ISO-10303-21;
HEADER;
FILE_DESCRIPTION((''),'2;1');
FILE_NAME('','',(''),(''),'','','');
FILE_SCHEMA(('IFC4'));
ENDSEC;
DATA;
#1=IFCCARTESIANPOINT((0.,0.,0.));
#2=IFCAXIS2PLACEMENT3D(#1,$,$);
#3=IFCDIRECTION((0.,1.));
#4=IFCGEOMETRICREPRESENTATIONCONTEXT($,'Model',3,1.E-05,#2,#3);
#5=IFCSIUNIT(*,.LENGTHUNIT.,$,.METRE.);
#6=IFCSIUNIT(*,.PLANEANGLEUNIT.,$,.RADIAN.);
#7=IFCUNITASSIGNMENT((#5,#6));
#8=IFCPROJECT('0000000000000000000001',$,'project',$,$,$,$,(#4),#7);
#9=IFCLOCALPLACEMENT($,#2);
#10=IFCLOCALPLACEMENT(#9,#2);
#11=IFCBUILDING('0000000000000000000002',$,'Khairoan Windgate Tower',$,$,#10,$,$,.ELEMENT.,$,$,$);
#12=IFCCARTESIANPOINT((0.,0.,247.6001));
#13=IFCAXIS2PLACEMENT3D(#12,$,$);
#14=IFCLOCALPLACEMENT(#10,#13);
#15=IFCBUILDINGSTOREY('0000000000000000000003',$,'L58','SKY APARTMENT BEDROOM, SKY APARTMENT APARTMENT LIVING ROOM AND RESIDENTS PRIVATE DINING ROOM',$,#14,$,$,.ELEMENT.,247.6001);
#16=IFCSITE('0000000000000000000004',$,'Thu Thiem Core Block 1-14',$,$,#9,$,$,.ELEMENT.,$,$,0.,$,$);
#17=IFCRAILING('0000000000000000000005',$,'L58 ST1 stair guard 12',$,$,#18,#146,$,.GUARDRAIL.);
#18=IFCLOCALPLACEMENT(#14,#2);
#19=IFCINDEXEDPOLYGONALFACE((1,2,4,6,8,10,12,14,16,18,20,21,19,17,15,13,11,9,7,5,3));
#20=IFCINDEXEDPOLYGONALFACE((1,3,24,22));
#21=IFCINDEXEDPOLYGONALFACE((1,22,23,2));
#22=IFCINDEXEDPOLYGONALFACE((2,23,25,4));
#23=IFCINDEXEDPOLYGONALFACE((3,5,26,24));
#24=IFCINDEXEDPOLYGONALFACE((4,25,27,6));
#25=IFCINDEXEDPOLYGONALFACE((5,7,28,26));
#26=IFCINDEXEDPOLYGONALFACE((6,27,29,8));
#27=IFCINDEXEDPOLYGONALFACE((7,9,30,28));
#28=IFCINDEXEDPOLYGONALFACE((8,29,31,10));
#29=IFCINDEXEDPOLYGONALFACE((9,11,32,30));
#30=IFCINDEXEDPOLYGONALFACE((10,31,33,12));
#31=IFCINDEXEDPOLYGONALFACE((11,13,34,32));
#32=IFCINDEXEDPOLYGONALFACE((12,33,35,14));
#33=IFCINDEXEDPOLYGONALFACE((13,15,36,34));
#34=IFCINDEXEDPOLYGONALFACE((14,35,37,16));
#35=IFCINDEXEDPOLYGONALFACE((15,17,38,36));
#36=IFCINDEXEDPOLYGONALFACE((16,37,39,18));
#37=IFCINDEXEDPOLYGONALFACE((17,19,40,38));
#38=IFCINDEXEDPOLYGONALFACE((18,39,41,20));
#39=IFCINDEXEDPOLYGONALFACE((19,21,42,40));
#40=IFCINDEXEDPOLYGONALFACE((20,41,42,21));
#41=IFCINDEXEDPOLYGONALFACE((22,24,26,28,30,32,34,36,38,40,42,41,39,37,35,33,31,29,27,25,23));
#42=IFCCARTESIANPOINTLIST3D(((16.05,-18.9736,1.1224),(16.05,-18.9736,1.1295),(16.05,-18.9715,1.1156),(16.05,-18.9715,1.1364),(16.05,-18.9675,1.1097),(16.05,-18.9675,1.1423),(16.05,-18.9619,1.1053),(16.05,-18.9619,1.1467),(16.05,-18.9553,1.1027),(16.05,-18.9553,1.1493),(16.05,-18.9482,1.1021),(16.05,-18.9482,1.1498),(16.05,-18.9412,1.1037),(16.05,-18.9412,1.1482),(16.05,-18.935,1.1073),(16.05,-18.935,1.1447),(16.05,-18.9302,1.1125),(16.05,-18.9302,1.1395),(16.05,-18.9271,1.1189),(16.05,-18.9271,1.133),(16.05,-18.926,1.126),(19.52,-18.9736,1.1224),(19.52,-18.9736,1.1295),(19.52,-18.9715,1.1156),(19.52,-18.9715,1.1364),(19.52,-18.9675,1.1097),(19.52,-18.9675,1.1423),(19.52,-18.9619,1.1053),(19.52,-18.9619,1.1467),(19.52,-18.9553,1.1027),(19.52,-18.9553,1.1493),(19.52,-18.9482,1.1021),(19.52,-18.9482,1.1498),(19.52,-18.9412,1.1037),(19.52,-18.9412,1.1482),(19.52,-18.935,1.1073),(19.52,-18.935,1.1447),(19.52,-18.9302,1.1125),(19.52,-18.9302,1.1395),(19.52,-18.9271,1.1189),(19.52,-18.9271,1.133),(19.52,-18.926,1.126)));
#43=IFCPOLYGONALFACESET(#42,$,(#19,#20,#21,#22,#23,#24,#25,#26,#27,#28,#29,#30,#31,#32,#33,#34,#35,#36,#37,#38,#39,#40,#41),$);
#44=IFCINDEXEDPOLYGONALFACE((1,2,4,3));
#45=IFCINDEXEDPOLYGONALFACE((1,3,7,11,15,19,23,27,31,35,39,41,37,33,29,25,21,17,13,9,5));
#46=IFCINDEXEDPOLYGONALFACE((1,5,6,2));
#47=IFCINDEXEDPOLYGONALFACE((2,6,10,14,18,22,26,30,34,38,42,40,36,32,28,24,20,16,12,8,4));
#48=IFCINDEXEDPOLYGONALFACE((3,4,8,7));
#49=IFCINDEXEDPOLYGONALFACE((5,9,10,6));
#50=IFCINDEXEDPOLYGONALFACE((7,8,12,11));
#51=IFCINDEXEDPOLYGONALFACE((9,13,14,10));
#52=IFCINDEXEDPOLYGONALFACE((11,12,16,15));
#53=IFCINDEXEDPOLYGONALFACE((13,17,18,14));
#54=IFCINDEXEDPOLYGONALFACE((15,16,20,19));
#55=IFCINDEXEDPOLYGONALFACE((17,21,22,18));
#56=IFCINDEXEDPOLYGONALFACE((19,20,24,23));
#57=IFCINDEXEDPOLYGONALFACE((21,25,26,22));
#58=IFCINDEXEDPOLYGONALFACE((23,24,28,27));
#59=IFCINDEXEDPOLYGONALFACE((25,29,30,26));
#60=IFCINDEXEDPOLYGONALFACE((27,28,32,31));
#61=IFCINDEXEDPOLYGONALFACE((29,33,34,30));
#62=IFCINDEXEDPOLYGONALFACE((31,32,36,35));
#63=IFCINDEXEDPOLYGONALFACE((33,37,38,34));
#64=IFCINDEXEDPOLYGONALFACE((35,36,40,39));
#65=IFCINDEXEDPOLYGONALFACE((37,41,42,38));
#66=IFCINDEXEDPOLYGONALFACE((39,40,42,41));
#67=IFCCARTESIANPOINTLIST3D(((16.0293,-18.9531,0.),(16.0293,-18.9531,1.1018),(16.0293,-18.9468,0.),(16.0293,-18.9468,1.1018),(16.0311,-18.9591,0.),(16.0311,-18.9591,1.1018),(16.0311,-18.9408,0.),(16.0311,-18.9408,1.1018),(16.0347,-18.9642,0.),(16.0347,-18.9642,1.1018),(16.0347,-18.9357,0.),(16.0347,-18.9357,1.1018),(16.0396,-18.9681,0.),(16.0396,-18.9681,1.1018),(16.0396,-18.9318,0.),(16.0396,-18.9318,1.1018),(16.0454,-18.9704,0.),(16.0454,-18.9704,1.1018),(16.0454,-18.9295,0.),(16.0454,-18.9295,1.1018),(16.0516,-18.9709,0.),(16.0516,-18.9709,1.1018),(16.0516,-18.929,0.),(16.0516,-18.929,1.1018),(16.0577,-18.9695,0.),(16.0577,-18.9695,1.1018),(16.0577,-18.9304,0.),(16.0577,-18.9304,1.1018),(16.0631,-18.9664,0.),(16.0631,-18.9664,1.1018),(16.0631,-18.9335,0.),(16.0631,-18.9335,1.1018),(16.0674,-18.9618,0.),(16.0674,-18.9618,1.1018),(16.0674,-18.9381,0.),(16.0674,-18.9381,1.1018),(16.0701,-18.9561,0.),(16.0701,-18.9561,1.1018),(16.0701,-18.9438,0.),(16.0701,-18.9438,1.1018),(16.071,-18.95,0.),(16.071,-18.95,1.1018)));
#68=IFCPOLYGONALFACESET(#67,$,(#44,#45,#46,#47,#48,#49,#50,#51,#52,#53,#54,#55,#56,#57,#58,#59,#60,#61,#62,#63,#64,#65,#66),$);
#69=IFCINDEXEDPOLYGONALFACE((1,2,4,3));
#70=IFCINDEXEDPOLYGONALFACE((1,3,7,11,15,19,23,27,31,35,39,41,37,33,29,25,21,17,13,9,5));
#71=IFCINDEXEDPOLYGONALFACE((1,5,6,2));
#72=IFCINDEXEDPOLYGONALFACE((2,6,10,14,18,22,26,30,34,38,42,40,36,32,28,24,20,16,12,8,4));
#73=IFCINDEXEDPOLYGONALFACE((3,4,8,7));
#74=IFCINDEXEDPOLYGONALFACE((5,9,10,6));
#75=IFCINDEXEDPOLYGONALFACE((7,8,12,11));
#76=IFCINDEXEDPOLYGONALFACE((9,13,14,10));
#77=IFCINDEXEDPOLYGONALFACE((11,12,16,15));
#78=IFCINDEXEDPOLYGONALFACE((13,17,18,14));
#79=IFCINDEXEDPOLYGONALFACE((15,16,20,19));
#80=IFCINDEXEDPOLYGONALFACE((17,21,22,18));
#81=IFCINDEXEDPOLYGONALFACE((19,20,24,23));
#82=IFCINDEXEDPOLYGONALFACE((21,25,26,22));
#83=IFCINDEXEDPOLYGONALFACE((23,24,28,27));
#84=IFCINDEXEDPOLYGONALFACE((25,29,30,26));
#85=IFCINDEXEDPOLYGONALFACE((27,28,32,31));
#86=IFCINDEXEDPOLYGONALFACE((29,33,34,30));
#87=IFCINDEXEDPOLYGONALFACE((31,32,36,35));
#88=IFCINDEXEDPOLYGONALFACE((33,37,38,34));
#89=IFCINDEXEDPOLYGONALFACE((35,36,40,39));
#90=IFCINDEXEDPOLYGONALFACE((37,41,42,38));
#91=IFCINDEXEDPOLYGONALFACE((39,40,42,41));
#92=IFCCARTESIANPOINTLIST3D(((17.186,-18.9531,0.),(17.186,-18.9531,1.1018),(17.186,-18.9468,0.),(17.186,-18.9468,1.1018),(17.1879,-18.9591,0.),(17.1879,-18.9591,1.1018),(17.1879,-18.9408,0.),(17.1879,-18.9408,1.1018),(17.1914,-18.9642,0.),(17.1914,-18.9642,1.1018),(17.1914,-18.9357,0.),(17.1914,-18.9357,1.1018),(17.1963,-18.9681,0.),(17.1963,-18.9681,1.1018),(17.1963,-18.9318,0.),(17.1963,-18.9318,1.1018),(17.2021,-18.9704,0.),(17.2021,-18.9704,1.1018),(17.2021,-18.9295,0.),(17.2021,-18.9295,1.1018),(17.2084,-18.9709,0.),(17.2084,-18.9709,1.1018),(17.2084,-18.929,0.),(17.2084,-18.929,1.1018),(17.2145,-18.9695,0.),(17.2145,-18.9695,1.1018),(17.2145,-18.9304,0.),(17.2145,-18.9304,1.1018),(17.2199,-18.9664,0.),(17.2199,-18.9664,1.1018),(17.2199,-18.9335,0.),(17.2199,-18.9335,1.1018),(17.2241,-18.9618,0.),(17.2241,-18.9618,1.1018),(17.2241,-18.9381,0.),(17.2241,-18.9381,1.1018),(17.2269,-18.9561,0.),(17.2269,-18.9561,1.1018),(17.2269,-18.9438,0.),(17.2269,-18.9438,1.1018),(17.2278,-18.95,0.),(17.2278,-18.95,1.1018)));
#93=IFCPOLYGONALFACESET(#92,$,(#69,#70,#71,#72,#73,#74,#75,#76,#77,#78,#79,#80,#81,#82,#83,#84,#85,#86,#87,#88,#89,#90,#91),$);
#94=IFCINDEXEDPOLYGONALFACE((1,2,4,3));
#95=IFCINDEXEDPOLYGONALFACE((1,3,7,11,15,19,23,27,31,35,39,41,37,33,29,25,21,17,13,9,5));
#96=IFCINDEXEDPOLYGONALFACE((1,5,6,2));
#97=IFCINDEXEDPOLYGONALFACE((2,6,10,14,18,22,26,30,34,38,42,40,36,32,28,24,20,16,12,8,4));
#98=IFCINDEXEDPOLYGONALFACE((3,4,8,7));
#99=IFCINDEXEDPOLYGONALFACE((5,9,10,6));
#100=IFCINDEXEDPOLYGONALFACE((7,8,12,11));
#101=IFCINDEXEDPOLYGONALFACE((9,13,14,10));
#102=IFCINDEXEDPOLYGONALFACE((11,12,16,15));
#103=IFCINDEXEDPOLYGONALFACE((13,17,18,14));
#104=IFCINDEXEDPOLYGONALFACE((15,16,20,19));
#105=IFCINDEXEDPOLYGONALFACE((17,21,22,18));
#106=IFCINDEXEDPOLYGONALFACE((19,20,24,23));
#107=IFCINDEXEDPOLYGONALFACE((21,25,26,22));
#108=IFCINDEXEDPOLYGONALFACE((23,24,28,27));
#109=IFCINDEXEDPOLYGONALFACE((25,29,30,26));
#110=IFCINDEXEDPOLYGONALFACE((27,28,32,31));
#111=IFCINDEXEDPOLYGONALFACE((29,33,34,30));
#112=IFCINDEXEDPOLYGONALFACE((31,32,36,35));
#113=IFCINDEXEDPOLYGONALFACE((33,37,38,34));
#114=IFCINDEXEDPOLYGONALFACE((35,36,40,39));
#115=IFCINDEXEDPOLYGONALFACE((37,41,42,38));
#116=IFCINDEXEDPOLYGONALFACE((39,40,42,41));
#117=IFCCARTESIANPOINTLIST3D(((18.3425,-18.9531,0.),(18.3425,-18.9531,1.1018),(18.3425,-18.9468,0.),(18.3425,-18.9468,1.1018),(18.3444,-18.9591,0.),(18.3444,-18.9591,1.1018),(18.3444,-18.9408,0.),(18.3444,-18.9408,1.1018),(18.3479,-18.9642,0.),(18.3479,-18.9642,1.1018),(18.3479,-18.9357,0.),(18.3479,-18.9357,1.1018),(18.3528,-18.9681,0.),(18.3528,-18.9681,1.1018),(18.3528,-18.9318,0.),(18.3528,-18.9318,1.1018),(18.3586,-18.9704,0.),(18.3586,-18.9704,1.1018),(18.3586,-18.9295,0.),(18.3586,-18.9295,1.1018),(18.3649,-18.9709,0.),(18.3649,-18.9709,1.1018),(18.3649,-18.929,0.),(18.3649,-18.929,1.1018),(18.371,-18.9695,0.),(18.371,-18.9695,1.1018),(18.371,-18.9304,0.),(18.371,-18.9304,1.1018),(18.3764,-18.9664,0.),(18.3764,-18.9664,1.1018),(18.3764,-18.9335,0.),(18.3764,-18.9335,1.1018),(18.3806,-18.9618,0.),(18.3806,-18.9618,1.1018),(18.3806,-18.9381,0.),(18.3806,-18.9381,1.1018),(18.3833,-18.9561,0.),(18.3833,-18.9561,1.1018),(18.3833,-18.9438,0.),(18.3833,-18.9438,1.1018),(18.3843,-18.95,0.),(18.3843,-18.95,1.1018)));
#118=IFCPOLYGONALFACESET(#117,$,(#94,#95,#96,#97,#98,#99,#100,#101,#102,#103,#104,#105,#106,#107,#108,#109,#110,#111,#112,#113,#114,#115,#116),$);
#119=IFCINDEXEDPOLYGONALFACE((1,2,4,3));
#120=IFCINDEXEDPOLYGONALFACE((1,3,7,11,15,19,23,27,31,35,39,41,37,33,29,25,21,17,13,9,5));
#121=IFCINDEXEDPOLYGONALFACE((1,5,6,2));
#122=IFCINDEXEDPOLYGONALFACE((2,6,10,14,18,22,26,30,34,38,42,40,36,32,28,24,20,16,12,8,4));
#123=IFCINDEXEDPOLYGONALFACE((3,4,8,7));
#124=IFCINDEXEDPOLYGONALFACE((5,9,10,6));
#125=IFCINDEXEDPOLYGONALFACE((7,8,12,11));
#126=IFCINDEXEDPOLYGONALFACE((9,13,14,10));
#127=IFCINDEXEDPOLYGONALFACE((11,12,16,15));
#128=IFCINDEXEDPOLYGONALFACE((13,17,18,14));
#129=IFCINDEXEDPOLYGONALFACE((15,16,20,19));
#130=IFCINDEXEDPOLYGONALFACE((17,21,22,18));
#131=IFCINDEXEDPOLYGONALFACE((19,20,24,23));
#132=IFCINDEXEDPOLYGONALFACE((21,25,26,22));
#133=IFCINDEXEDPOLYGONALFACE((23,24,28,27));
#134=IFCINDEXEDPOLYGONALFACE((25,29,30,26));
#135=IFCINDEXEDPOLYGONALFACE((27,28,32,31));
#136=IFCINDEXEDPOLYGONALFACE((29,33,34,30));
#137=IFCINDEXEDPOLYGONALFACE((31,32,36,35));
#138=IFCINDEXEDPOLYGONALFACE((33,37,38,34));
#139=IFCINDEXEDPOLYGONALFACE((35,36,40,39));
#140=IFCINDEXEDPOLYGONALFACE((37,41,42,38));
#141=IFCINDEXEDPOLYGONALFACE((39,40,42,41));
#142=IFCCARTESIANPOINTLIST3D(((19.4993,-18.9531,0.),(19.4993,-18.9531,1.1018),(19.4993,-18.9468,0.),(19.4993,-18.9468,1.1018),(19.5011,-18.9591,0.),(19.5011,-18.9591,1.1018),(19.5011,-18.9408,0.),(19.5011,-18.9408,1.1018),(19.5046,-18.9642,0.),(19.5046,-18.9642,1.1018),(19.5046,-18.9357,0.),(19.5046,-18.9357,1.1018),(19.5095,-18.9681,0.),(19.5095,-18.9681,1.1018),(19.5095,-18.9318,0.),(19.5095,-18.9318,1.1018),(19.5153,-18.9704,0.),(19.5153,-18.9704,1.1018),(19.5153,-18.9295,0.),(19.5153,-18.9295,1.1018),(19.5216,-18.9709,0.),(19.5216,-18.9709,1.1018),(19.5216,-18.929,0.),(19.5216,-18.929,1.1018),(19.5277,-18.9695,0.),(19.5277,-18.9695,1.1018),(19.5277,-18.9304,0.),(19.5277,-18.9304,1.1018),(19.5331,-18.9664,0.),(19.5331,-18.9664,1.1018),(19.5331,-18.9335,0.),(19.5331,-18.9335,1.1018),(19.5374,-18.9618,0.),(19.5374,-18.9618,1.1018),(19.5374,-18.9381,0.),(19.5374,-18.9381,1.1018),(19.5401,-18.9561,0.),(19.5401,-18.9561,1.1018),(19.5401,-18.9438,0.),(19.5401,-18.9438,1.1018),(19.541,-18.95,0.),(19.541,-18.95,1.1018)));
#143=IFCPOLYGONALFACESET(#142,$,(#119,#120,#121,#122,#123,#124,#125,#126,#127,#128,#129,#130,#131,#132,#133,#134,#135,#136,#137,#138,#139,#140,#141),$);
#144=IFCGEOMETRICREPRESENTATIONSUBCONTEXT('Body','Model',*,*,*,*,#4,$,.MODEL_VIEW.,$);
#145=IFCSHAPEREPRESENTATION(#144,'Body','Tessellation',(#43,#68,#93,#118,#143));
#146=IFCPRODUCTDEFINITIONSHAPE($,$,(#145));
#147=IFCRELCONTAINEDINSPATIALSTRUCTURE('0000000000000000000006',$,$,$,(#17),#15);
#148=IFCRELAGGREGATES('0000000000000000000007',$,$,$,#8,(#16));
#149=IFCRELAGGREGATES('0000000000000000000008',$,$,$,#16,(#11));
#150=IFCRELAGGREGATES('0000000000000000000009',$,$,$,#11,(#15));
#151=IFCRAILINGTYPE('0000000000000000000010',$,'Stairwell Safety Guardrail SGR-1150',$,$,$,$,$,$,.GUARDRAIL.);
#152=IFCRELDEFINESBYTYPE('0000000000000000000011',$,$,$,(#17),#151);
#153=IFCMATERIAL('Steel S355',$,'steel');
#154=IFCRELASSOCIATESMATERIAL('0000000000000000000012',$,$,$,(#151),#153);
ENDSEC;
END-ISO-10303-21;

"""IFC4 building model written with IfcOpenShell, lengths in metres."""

from ifc_helpers import new_model, si_unit, direction, frame, origin, origin_2d, place, context, subcontext, project, spatial, circle, extrude, material, type_object, element, save


model = new_model("IFC4")

# Units and contexts
model_context = context("Model", 3, precision=1e-05, world=origin(), true_north=direction((0.0, 1.0)))
body_context = subcontext(model_context, "Body", "Model", "MODEL_VIEW")
ifc_project = project(units=[si_unit("LENGTHUNIT", "METRE"), si_unit("PLANEANGLEUNIT", "RADIAN")], contexts=[model_context])

# Site, building, storey
site_placement = place(None, origin())
site = spatial("IfcSite", under=ifc_project, at=site_placement, Name="Thu Thiem Core Block 1-14", CompositionType="ELEMENT", RefElevation=0.0)
building_placement = place(site_placement, origin())
building = spatial("IfcBuilding", under=site, at=building_placement, Name="Khairoan Windgate Tower", CompositionType="ELEMENT")
storey_placement = place(building_placement, frame((0.0, 0.0, 247.6001)))
storey = spatial("IfcBuildingStorey", under=building, at=storey_placement, Name="L58", Description="SKY APARTMENT BEDROOM, SKY APARTMENT APARTMENT LIVING ROOM AND RESIDENTS PRIVATE DINING ROOM", CompositionType="ELEMENT", Elevation=247.6001)

# Railing
ifc_material_1 = material(Name="Steel S355", Category="steel")
railing_type = type_object("IfcRailingType", Name="Stairwell Safety Guardrail SGR-1150", PredefinedType="GUARDRAIL", material=ifc_material_1)
railing_placement = place(storey_placement, frame((16.05, -18.95, 0.0)))
element("IfcRailing", 1, at=railing_placement, inside=storey, type_object=railing_type, Name="L58 ST1 stair guard 12", PredefinedType="GUARDRAIL", context=body_context, shape_type="SweptSolid", body=[
    extrude(circle(Radius=0.0239, at=origin_2d()), frame((0.0, 0.0, 1.126), z_axis=(1.0, 0.0, 0.0), x_axis=(0.0, 1.0, 0.0)), (0.0, 0.0, 1.0), 3.47),
    extrude(circle(Radius=0.021, at=origin_2d()), origin(), (0.0, 0.0, 1.0), 1.1018),
    extrude(circle(Radius=0.021, at=origin_2d()), frame((1.1567, 0.0, 0.0)), (0.0, 0.0, 1.0), 1.1018),
    extrude(circle(Radius=0.021, at=origin_2d()), frame((2.3132, 0.0, 0.0)), (0.0, 0.0, 1.0), 1.1018),
    extrude(circle(Radius=0.021, at=origin_2d()), frame((3.47, 0.0, 0.0)), (0.0, 0.0, 1.0), 1.1018),
])

save(model, "model.ifc")
